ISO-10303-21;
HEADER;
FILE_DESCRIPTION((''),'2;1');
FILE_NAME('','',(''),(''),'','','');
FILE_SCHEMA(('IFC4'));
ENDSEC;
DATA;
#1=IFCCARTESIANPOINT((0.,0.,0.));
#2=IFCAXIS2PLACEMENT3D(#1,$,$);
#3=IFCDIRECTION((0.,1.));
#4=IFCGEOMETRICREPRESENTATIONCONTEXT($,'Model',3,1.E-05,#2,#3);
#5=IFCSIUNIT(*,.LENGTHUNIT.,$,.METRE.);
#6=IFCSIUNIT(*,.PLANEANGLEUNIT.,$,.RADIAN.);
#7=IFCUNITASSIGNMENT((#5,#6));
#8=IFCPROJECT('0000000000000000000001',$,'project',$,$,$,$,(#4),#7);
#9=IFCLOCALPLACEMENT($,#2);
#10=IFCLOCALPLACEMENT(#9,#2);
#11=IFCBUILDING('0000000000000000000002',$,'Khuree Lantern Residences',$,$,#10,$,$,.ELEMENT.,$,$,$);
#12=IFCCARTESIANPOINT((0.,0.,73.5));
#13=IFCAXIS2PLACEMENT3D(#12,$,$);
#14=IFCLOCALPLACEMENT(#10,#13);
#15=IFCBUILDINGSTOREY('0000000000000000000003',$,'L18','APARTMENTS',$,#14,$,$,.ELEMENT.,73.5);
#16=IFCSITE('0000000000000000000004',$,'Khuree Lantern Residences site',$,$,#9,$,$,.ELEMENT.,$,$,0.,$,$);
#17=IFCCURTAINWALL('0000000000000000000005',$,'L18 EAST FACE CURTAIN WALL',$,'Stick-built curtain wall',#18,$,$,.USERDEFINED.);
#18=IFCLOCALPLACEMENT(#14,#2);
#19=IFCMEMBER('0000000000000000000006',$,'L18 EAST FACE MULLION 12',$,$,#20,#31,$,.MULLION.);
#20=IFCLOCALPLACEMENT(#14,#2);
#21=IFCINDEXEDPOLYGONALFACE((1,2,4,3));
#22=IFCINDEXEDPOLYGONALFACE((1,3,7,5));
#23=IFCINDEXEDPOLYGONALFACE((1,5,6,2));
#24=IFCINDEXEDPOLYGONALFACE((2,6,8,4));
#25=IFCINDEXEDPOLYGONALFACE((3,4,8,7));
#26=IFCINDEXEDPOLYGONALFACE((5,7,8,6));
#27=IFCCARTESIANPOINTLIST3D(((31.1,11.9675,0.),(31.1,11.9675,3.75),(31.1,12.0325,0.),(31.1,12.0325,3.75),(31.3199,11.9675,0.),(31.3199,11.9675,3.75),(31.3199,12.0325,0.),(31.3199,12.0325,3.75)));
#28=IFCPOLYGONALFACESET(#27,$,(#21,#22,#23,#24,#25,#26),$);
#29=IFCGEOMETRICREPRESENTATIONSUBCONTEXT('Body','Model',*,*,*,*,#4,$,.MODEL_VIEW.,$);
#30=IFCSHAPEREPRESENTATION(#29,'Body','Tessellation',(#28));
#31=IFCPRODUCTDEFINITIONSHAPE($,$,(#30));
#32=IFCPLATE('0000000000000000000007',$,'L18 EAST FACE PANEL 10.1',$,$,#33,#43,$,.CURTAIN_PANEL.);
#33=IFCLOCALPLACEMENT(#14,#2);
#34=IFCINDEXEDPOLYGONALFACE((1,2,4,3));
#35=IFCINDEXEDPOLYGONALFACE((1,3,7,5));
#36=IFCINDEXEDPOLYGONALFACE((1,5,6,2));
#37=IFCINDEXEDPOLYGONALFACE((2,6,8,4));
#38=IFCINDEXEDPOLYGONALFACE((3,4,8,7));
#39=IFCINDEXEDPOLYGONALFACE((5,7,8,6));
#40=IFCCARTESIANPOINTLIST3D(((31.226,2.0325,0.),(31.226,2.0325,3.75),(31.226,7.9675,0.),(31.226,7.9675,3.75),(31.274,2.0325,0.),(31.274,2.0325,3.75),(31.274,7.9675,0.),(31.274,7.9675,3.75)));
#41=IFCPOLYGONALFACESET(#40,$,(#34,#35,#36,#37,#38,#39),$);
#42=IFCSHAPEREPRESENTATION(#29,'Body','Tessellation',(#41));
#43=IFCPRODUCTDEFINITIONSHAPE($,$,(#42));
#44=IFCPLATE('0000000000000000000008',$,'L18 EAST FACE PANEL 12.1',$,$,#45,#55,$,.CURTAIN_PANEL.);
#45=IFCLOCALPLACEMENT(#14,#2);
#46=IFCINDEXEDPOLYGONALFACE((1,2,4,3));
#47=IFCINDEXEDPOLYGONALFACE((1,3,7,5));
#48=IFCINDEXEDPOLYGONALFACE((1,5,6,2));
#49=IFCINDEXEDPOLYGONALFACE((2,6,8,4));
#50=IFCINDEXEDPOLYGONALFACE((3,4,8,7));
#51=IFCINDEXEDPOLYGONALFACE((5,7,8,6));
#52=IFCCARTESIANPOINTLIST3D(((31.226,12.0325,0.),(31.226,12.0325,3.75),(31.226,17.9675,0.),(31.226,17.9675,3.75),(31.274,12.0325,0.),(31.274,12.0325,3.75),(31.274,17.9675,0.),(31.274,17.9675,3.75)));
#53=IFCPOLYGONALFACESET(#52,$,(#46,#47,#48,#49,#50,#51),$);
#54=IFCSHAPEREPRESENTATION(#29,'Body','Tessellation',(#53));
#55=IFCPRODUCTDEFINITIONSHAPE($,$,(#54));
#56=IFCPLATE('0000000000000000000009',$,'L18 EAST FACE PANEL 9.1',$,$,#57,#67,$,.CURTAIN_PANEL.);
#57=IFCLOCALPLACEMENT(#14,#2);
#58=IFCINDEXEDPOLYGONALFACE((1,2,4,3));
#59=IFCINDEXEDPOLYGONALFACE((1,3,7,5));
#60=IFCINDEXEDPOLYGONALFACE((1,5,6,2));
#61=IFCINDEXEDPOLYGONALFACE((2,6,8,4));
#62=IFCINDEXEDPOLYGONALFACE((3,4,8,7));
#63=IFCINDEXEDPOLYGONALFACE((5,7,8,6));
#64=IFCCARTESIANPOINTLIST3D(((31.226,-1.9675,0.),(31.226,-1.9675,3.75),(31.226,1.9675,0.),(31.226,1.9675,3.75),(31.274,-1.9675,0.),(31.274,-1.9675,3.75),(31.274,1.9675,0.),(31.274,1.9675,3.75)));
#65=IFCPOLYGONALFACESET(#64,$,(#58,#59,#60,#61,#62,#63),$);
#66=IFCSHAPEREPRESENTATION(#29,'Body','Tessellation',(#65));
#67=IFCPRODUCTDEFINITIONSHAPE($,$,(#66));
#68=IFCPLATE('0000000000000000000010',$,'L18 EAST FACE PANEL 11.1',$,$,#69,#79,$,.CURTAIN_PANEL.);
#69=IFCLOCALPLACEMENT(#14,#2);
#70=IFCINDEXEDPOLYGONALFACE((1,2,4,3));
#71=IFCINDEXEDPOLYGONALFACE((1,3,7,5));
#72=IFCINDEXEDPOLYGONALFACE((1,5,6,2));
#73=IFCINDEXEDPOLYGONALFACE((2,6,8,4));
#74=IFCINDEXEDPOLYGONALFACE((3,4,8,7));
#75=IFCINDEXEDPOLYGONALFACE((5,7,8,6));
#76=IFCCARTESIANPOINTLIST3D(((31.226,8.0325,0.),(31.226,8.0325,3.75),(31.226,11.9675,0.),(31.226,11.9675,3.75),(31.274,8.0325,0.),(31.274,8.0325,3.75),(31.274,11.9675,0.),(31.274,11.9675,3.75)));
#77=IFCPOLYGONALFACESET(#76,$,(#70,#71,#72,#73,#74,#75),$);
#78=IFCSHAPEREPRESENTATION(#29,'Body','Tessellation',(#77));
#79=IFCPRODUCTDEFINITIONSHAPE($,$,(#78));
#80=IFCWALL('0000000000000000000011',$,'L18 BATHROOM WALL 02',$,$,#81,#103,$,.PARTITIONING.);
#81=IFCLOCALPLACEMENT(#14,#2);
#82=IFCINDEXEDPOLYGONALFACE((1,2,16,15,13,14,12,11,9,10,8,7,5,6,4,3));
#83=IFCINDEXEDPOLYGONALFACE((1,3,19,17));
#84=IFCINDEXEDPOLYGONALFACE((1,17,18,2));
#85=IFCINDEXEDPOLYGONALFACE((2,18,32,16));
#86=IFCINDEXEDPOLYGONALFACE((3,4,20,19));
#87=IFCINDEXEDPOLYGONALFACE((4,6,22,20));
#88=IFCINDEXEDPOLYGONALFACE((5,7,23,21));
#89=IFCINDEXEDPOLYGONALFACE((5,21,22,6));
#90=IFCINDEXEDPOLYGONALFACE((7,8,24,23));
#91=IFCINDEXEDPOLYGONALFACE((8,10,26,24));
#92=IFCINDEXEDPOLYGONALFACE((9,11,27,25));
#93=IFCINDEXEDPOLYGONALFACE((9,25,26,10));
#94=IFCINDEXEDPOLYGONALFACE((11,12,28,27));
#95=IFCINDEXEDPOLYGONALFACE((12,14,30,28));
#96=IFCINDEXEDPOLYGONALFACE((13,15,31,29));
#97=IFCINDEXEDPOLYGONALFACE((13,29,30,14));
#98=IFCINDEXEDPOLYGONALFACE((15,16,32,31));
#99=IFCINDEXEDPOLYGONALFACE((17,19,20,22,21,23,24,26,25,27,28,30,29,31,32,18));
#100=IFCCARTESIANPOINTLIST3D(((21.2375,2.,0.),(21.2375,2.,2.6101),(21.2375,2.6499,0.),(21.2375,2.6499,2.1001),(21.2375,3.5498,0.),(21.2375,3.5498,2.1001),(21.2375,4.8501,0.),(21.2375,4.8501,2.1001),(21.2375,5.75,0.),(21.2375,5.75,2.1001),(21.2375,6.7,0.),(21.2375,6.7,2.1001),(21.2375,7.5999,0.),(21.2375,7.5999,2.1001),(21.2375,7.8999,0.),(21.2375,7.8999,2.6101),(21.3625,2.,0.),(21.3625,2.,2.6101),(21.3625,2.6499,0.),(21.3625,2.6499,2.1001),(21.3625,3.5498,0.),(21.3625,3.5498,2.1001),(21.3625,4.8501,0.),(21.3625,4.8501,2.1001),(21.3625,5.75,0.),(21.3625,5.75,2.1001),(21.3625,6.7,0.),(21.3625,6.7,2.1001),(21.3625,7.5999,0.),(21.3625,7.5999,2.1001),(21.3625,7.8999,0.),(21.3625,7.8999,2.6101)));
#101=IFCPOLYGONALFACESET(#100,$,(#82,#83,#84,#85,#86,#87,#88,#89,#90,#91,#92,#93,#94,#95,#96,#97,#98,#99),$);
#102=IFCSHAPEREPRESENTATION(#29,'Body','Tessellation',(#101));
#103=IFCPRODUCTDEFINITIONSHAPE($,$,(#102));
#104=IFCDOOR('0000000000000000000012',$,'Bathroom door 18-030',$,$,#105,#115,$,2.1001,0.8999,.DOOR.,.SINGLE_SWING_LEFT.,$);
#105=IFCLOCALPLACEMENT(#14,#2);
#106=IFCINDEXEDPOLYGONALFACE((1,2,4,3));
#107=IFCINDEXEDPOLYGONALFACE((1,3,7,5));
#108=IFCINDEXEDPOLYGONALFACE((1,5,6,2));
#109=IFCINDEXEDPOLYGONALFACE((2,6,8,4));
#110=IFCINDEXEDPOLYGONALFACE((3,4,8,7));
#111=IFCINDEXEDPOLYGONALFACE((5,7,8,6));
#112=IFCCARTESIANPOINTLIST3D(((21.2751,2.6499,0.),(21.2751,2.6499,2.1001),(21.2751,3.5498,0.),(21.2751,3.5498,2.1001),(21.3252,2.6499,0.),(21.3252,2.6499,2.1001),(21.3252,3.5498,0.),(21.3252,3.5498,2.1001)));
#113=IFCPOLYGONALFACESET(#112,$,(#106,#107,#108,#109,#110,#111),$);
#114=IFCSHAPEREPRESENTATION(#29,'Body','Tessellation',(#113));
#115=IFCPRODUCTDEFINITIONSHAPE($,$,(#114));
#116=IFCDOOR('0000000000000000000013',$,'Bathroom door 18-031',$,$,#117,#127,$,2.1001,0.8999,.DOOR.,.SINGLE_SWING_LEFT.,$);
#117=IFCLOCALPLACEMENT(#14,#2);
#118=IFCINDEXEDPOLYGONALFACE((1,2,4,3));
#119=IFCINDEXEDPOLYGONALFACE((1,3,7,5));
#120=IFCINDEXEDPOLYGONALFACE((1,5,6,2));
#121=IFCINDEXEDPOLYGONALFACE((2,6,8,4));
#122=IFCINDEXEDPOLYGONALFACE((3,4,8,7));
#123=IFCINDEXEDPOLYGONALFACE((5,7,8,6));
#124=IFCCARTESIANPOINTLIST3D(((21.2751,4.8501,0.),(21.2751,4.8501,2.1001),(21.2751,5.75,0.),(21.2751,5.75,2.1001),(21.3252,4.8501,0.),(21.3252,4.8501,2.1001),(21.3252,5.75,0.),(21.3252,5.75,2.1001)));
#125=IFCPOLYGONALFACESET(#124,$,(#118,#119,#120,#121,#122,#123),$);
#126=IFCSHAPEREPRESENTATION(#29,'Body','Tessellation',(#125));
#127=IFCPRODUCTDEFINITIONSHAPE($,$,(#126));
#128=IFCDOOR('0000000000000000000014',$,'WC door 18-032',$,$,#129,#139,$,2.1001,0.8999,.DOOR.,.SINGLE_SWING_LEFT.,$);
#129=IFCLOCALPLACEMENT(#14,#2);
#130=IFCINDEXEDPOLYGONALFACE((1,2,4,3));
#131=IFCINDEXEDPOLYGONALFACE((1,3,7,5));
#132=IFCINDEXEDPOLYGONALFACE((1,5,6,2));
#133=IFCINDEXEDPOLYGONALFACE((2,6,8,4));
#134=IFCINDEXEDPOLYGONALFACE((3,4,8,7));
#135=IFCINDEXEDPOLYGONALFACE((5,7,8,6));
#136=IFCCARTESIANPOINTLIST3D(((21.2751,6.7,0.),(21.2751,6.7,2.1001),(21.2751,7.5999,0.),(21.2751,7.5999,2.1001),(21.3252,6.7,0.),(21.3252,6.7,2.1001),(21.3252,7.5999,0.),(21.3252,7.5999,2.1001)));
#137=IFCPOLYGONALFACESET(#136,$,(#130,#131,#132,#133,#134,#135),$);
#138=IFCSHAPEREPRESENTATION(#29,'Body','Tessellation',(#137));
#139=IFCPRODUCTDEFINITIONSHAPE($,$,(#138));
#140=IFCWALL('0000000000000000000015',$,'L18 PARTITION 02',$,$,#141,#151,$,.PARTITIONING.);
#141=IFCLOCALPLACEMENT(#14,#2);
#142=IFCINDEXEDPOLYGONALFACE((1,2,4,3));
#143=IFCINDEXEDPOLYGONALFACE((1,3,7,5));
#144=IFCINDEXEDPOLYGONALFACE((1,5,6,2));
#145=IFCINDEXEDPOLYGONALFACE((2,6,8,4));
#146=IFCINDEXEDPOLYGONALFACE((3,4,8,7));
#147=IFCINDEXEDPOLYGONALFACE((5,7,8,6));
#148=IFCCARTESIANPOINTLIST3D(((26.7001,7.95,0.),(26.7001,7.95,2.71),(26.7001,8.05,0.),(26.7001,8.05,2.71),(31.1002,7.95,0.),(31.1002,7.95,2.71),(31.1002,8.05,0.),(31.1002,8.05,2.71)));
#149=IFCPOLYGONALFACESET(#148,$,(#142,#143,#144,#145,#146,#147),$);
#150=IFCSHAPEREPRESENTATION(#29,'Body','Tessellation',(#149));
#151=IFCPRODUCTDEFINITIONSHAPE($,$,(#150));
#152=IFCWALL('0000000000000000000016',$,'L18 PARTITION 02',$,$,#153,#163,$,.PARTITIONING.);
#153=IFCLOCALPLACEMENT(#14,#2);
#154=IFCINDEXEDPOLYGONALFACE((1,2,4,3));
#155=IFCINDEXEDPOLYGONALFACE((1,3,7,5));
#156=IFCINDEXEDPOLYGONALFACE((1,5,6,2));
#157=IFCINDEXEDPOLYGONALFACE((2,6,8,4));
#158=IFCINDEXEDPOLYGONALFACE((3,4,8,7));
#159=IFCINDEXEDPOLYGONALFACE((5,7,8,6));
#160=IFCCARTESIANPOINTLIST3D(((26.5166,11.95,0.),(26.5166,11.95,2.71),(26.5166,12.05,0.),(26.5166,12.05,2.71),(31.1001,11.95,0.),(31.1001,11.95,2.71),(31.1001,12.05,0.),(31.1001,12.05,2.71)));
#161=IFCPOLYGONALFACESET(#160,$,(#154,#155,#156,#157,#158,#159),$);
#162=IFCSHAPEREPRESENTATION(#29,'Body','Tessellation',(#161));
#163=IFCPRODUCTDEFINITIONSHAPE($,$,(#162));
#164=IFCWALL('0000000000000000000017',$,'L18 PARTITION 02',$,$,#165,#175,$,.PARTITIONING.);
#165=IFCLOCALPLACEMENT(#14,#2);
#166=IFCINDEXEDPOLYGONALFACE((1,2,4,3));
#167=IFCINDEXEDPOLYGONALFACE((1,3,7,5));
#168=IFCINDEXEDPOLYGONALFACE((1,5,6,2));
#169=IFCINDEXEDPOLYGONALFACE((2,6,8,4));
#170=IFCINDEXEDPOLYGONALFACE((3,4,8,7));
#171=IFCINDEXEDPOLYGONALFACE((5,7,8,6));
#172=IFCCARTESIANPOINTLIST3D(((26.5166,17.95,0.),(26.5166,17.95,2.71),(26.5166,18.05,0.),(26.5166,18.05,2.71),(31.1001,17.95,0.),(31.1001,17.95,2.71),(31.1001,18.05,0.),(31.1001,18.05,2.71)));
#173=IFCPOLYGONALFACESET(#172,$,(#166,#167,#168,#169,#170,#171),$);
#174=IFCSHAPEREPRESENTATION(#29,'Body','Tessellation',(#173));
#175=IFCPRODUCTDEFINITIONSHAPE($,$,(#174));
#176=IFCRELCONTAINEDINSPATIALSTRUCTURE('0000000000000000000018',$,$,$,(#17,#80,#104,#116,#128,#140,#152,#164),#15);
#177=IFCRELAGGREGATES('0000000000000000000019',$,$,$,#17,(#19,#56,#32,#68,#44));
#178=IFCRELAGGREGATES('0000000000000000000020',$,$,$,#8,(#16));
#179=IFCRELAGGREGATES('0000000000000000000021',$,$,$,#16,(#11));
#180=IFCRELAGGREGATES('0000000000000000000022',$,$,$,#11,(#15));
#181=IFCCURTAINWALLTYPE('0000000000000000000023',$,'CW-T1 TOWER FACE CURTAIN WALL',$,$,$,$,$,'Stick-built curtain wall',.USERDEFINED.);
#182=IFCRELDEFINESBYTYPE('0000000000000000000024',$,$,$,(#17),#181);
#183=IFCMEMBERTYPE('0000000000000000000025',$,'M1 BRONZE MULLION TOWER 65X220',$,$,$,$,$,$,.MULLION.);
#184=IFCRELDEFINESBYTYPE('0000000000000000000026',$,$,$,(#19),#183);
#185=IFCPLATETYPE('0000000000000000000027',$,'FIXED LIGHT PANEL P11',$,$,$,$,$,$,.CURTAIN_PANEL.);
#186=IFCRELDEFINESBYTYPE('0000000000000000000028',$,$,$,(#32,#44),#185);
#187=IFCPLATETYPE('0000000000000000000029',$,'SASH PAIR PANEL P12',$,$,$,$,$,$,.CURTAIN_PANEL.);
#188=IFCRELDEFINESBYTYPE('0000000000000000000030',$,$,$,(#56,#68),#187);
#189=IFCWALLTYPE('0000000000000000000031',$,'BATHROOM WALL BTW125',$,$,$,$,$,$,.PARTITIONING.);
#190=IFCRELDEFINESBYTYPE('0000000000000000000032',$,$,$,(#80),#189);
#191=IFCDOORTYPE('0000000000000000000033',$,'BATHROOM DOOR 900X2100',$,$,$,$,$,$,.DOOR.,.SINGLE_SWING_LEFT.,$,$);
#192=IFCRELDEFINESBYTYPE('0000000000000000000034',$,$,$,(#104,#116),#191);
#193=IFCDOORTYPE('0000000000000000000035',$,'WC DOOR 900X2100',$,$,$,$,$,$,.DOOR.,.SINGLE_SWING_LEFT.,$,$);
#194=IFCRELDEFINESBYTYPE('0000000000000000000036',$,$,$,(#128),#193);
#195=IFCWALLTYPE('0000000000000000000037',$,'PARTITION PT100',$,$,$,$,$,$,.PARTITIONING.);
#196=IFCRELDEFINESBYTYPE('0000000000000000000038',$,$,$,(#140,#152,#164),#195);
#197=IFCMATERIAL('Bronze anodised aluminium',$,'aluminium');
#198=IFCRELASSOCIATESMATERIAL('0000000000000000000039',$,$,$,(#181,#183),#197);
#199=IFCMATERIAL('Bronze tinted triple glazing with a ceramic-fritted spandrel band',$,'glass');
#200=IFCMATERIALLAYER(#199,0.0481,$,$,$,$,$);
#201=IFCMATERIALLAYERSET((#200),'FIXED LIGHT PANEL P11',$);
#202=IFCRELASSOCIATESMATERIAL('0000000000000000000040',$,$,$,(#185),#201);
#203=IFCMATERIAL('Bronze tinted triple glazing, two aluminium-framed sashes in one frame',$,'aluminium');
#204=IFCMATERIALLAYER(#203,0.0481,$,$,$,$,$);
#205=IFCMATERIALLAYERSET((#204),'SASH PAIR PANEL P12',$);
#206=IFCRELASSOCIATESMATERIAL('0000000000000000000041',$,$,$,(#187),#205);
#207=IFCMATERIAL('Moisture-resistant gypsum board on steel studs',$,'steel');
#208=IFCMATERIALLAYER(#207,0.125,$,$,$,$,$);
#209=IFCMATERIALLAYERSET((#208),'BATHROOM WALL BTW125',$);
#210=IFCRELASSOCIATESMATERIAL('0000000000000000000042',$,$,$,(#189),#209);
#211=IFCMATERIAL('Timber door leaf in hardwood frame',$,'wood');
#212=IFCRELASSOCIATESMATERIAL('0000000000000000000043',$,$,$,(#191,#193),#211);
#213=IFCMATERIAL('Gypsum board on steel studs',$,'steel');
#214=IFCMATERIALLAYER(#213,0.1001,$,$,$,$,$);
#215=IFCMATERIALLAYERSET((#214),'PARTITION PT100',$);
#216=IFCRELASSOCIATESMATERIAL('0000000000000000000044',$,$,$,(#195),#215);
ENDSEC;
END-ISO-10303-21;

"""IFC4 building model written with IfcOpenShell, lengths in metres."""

from ifc_helpers import new_model, si_unit, direction, frame, frame_2d, origin, origin_2d, place, context, subcontext, project, spatial, rectangle, extrude, material, layer, layer_set, material_profile, profile_set, type_object, element, fill, aggregate, save


model = new_model("IFC4")

# Units and contexts
model_context = context("Model", 3, precision=1e-05, world=origin(), true_north=direction((0.0, 1.0)))
body_context = subcontext(model_context, "Body", "Model", "MODEL_VIEW")
ifc_project = project(units=[si_unit("LENGTHUNIT", "METRE"), si_unit("PLANEANGLEUNIT", "RADIAN")], contexts=[model_context])

# Site, building, storey
site_placement = place(None, origin())
site = spatial("IfcSite", under=ifc_project, at=site_placement, Name="Khuree Lantern Residences site", CompositionType="ELEMENT", RefElevation=0.0)
building_placement = place(site_placement, origin())
building = spatial("IfcBuilding", under=site, at=building_placement, Name="Khuree Lantern Residences", CompositionType="ELEMENT")
storey_placement = place(building_placement, frame((0.0, 0.0, 73.5)))
storey = spatial("IfcBuildingStorey", under=building, at=storey_placement, Name="L18", Description="APARTMENTS", CompositionType="ELEMENT", Elevation=73.5)

# Curtain wall
ifc_material_1 = material(Name="Bronze anodised aluminium", Category="aluminium")
curtain_wall_type = type_object("IfcCurtainWallType", Name="CW-T1 TOWER FACE CURTAIN WALL", ElementType="Stick-built curtain wall", PredefinedType="USERDEFINED", material=ifc_material_1)
curtain_wall_placement = place(storey_placement, origin())
curtain_wall = element("IfcCurtainWall", 1, at=curtain_wall_placement, inside=storey, type_object=curtain_wall_type, Name="L18 EAST FACE CURTAIN WALL", ObjectType="Stick-built curtain wall", PredefinedType="USERDEFINED")

# Member
ifc_material_profile_1 = material_profile(ifc_material_1, rectangle(XDim=0.0649, YDim=0.22, at=origin_2d()), Name="M1 65X220")
ifc_profile_set_1 = profile_set([ifc_material_profile_1], Name="Bronze anodised aluminium")
member_type_1 = type_object("IfcMemberType", Name="M1 BRONZE MULLION TOWER 65X220", PredefinedType="MULLION", material=ifc_profile_set_1)
member_1_placement = place(storey_placement, frame((31.21, 12.0, 0.0), z_axis=(0.0, 0.0, 1.0), x_axis=(0.0, 1.0, 0.0)))
member_1 = element("IfcMember", 2, at=member_1_placement, type_object=member_type_1, Name="L18 EAST FACE MULLION 12", PredefinedType="MULLION", context=body_context, shape_type="SweptSolid", body=[
    extrude(rectangle(XDim=0.0649, YDim=0.22, at=origin_2d()), origin(), (0.0, 0.0, 1.0), 3.75),
])

# Plates
ifc_material_2 = material(Name="Bronze tinted triple glazing with a ceramic-fritted spandrel band", Category="glass")
ifc_layer_1 = layer(ifc_material_2, 0.0481)
ifc_layer_set_1 = layer_set([ifc_layer_1], Name="FIXED LIGHT PANEL P11")
plate_type_1 = type_object("IfcPlateType", Name="FIXED LIGHT PANEL P11", PredefinedType="CURTAIN_PANEL", material=ifc_layer_set_1)
plate_1_placement = place(storey_placement, frame((31.25, 5.0, 0.0), z_axis=(0.0, 0.0, 1.0), x_axis=(0.0, 1.0, 0.0)))
plate_1 = element("IfcPlate", 3, at=plate_1_placement, type_object=plate_type_1, Name="L18 EAST FACE PANEL 10.1", PredefinedType="CURTAIN_PANEL", context=body_context, shape_type="SweptSolid", body=[
    extrude(rectangle(XDim=5.9351, YDim=0.0481, at=origin_2d()), origin(), (0.0, 0.0, 1.0), 3.75),
])
plate_2_placement = place(storey_placement, frame((31.25, 15.0, 0.0), z_axis=(0.0, 0.0, 1.0), x_axis=(0.0, 1.0, 0.0)))
plate_2 = element("IfcPlate", 4, at=plate_2_placement, type_object=plate_type_1, Name="L18 EAST FACE PANEL 12.1", PredefinedType="CURTAIN_PANEL", context=body_context, shape_type="SweptSolid", body=[
    extrude(rectangle(XDim=5.9351, YDim=0.0481, at=origin_2d()), origin(), (0.0, 0.0, 1.0), 3.75),
])
ifc_material_3 = material(Name="Bronze tinted triple glazing, two aluminium-framed sashes in one frame", Category="aluminium")
ifc_layer_2 = layer(ifc_material_3, 0.0481)
ifc_layer_set_2 = layer_set([ifc_layer_2], Name="SASH PAIR PANEL P12")
plate_type_2 = type_object("IfcPlateType", Name="SASH PAIR PANEL P12", PredefinedType="CURTAIN_PANEL", material=ifc_layer_set_2)
plate_3_placement = place(storey_placement, frame((31.25, 0.0, 0.0), z_axis=(0.0, 0.0, 1.0), x_axis=(0.0, 1.0, 0.0)))
plate_3 = element("IfcPlate", 5, at=plate_3_placement, type_object=plate_type_2, Name="L18 EAST FACE PANEL 9.1", PredefinedType="CURTAIN_PANEL", context=body_context, shape_type="SweptSolid", body=[
    extrude(rectangle(XDim=3.9351, YDim=0.0481, at=origin_2d()), origin(), (0.0, 0.0, 1.0), 3.75),
])
plate_4_placement = place(storey_placement, frame((31.25, 10.0, 0.0), z_axis=(0.0, 0.0, 1.0), x_axis=(0.0, 1.0, 0.0)))
plate_4 = element("IfcPlate", 6, at=plate_4_placement, type_object=plate_type_2, Name="L18 EAST FACE PANEL 11.1", PredefinedType="CURTAIN_PANEL", context=body_context, shape_type="SweptSolid", body=[
    extrude(rectangle(XDim=3.9351, YDim=0.0481, at=origin_2d()), origin(), (0.0, 0.0, 1.0), 3.75),
])
aggregate(curtain_wall, [member_1, plate_3, plate_1, plate_4, plate_2])

# Wall, openings, doors
ifc_material_4 = material(Name="Moisture-resistant gypsum board on steel studs", Category="steel")
ifc_layer_3 = layer(ifc_material_4, 0.125)
ifc_layer_set_3 = layer_set([ifc_layer_3], Name="BATHROOM WALL BTW125")
wall_type_1 = type_object("IfcWallType", Name="BATHROOM WALL BTW125", PredefinedType="PARTITIONING", material=ifc_layer_set_3)
wall_1_placement = place(storey_placement, frame((21.3, 2.0, 0.0), z_axis=(0.0, 0.0, 1.0), x_axis=(0.0, 1.0, 0.0)))
wall_1 = element("IfcWall", 7, at=wall_1_placement, inside=storey, type_object=wall_type_1, Name="L18 BATHROOM WALL 02", PredefinedType="PARTITIONING", context=body_context, shape_type="SweptSolid", body=[
    extrude(rectangle(XDim=5.8999, YDim=0.125, at=frame_2d((2.95, 0.0))), origin(), (0.0, 0.0, 1.0), 2.6101),
])
opening_1_placement = place(wall_1_placement, frame((0.6499, 0.0, 0.0)))
opening_1 = element("IfcOpeningElement", 8, at=opening_1_placement, cuts=wall_1, PredefinedType="OPENING", context=body_context, shape_type="SweptSolid", body=[
    extrude(rectangle(XDim=0.8999, YDim=2.1001, at=frame_2d((0.45, 1.05))), frame((0.0, 0.0725, 0.0), z_axis=(0.0, -1.0, 0.0), x_axis=(1.0, 0.0, 0.0)), (0.0, 0.0, 1.0), 0.145),
])
opening_2_placement = place(wall_1_placement, frame((2.8501, 0.0, 0.0)))
opening_2 = element("IfcOpeningElement", 9, at=opening_2_placement, cuts=wall_1, PredefinedType="OPENING", context=body_context, shape_type="SweptSolid", body=[
    extrude(rectangle(XDim=0.8999, YDim=2.1001, at=frame_2d((0.45, 1.05))), frame((0.0, 0.0725, 0.0), z_axis=(0.0, -1.0, 0.0), x_axis=(1.0, 0.0, 0.0)), (0.0, 0.0, 1.0), 0.145),
])
opening_3_placement = place(wall_1_placement, frame((4.7, 0.0, 0.0)))
opening_3 = element("IfcOpeningElement", 10, at=opening_3_placement, cuts=wall_1, PredefinedType="OPENING", context=body_context, shape_type="SweptSolid", body=[
    extrude(rectangle(XDim=0.8999, YDim=2.1001, at=frame_2d((0.45, 1.05))), frame((0.0, 0.0725, 0.0), z_axis=(0.0, -1.0, 0.0), x_axis=(1.0, 0.0, 0.0)), (0.0, 0.0, 1.0), 0.145),
])
ifc_material_5 = material(Name="Timber door leaf in hardwood frame", Category="wood")
door_type_1 = type_object("IfcDoorType", Name="BATHROOM DOOR 900X2100", OperationType="SINGLE_SWING_LEFT", PredefinedType="DOOR", material=ifc_material_5)
door_1_placement = place(opening_1_placement, origin())
door_1 = element("IfcDoor", 11, at=door_1_placement, inside=storey, type_object=door_type_1, Name="Bathroom door 18-030", OperationType="SINGLE_SWING_LEFT", OverallHeight=2.1001, OverallWidth=0.8999, PredefinedType="DOOR", context=body_context, shape_type="SweptSolid", body=[
    extrude(rectangle(XDim=0.8999, YDim=2.1001, at=frame_2d((0.45, 1.05))), frame((0.0, 0.0249, 0.0), z_axis=(0.0, -1.0, 0.0), x_axis=(1.0, 0.0, 0.0)), (0.0, 0.0, 1.0), 0.05),
])
fill(opening_1, door_1)
door_2_placement = place(opening_2_placement, origin())
door_2 = element("IfcDoor", 12, at=door_2_placement, inside=storey, type_object=door_type_1, Name="Bathroom door 18-031", OperationType="SINGLE_SWING_LEFT", OverallHeight=2.1001, OverallWidth=0.8999, PredefinedType="DOOR", context=body_context, shape_type="SweptSolid", body=[
    extrude(rectangle(XDim=0.8999, YDim=2.1001, at=frame_2d((0.45, 1.05))), frame((0.0, 0.0249, 0.0), z_axis=(0.0, -1.0, 0.0), x_axis=(1.0, 0.0, 0.0)), (0.0, 0.0, 1.0), 0.05),
])
fill(opening_2, door_2)
door_type_2 = type_object("IfcDoorType", Name="WC DOOR 900X2100", OperationType="SINGLE_SWING_LEFT", PredefinedType="DOOR", material=ifc_material_5)
door_3_placement = place(opening_3_placement, origin())
door_3 = element("IfcDoor", 13, at=door_3_placement, inside=storey, type_object=door_type_2, Name="WC door 18-032", OperationType="SINGLE_SWING_LEFT", OverallHeight=2.1001, OverallWidth=0.8999, PredefinedType="DOOR", context=body_context, shape_type="SweptSolid", body=[
    extrude(rectangle(XDim=0.8999, YDim=2.1001, at=frame_2d((0.45, 1.05))), frame((0.0, 0.0249, 0.0), z_axis=(0.0, -1.0, 0.0), x_axis=(1.0, 0.0, 0.0)), (0.0, 0.0, 1.0), 0.05),
])
fill(opening_3, door_3)

# Walls
ifc_material_6 = material(Name="Gypsum board on steel studs", Category="steel")
ifc_layer_4 = layer(ifc_material_6, 0.1001)
ifc_layer_set_4 = layer_set([ifc_layer_4], Name="PARTITION PT100")
wall_type_2 = type_object("IfcWallType", Name="PARTITION PT100", PredefinedType="PARTITIONING", material=ifc_layer_set_4)
wall_2_placement = place(storey_placement, frame((26.7, 8.0, 0.0), z_axis=(0.0, 0.0, 1.0), x_axis=(1.0, 0.0, 0.0)))
element("IfcWall", 14, at=wall_2_placement, inside=storey, type_object=wall_type_2, Name="L18 PARTITION 02", PredefinedType="PARTITIONING", context=body_context, shape_type="SweptSolid", body=[
    extrude(rectangle(XDim=4.4001, YDim=0.1001, at=frame_2d((2.2002, 0.0))), origin(), (0.0, 0.0, 1.0), 2.71),
])
for number, where, z_axis, x_axis, name in (
    (15, (26.5166, 12.0, 0.0), (0.0, 0.0, 1.0), (1.0, 0.0, 0.0), "L18 PARTITION 02"),
    (16, (26.5166, 18.0, 0.0), (0.0, 0.0, 1.0), (1.0, 0.0, 0.0), "L18 PARTITION 02"),
):
    element("IfcWall", number, at=place(storey_placement, frame(where, z_axis=z_axis, x_axis=x_axis)), inside=storey, type_object=wall_type_2, Name=name, PredefinedType="PARTITIONING", context=body_context, shape_type="SweptSolid", body=[
        extrude(rectangle(XDim=4.5835, YDim=0.1001, at=frame_2d((2.2917, 0.0))), origin(), (0.0, 0.0, 1.0), 2.71),
    ])

save(model, "model.ifc")
